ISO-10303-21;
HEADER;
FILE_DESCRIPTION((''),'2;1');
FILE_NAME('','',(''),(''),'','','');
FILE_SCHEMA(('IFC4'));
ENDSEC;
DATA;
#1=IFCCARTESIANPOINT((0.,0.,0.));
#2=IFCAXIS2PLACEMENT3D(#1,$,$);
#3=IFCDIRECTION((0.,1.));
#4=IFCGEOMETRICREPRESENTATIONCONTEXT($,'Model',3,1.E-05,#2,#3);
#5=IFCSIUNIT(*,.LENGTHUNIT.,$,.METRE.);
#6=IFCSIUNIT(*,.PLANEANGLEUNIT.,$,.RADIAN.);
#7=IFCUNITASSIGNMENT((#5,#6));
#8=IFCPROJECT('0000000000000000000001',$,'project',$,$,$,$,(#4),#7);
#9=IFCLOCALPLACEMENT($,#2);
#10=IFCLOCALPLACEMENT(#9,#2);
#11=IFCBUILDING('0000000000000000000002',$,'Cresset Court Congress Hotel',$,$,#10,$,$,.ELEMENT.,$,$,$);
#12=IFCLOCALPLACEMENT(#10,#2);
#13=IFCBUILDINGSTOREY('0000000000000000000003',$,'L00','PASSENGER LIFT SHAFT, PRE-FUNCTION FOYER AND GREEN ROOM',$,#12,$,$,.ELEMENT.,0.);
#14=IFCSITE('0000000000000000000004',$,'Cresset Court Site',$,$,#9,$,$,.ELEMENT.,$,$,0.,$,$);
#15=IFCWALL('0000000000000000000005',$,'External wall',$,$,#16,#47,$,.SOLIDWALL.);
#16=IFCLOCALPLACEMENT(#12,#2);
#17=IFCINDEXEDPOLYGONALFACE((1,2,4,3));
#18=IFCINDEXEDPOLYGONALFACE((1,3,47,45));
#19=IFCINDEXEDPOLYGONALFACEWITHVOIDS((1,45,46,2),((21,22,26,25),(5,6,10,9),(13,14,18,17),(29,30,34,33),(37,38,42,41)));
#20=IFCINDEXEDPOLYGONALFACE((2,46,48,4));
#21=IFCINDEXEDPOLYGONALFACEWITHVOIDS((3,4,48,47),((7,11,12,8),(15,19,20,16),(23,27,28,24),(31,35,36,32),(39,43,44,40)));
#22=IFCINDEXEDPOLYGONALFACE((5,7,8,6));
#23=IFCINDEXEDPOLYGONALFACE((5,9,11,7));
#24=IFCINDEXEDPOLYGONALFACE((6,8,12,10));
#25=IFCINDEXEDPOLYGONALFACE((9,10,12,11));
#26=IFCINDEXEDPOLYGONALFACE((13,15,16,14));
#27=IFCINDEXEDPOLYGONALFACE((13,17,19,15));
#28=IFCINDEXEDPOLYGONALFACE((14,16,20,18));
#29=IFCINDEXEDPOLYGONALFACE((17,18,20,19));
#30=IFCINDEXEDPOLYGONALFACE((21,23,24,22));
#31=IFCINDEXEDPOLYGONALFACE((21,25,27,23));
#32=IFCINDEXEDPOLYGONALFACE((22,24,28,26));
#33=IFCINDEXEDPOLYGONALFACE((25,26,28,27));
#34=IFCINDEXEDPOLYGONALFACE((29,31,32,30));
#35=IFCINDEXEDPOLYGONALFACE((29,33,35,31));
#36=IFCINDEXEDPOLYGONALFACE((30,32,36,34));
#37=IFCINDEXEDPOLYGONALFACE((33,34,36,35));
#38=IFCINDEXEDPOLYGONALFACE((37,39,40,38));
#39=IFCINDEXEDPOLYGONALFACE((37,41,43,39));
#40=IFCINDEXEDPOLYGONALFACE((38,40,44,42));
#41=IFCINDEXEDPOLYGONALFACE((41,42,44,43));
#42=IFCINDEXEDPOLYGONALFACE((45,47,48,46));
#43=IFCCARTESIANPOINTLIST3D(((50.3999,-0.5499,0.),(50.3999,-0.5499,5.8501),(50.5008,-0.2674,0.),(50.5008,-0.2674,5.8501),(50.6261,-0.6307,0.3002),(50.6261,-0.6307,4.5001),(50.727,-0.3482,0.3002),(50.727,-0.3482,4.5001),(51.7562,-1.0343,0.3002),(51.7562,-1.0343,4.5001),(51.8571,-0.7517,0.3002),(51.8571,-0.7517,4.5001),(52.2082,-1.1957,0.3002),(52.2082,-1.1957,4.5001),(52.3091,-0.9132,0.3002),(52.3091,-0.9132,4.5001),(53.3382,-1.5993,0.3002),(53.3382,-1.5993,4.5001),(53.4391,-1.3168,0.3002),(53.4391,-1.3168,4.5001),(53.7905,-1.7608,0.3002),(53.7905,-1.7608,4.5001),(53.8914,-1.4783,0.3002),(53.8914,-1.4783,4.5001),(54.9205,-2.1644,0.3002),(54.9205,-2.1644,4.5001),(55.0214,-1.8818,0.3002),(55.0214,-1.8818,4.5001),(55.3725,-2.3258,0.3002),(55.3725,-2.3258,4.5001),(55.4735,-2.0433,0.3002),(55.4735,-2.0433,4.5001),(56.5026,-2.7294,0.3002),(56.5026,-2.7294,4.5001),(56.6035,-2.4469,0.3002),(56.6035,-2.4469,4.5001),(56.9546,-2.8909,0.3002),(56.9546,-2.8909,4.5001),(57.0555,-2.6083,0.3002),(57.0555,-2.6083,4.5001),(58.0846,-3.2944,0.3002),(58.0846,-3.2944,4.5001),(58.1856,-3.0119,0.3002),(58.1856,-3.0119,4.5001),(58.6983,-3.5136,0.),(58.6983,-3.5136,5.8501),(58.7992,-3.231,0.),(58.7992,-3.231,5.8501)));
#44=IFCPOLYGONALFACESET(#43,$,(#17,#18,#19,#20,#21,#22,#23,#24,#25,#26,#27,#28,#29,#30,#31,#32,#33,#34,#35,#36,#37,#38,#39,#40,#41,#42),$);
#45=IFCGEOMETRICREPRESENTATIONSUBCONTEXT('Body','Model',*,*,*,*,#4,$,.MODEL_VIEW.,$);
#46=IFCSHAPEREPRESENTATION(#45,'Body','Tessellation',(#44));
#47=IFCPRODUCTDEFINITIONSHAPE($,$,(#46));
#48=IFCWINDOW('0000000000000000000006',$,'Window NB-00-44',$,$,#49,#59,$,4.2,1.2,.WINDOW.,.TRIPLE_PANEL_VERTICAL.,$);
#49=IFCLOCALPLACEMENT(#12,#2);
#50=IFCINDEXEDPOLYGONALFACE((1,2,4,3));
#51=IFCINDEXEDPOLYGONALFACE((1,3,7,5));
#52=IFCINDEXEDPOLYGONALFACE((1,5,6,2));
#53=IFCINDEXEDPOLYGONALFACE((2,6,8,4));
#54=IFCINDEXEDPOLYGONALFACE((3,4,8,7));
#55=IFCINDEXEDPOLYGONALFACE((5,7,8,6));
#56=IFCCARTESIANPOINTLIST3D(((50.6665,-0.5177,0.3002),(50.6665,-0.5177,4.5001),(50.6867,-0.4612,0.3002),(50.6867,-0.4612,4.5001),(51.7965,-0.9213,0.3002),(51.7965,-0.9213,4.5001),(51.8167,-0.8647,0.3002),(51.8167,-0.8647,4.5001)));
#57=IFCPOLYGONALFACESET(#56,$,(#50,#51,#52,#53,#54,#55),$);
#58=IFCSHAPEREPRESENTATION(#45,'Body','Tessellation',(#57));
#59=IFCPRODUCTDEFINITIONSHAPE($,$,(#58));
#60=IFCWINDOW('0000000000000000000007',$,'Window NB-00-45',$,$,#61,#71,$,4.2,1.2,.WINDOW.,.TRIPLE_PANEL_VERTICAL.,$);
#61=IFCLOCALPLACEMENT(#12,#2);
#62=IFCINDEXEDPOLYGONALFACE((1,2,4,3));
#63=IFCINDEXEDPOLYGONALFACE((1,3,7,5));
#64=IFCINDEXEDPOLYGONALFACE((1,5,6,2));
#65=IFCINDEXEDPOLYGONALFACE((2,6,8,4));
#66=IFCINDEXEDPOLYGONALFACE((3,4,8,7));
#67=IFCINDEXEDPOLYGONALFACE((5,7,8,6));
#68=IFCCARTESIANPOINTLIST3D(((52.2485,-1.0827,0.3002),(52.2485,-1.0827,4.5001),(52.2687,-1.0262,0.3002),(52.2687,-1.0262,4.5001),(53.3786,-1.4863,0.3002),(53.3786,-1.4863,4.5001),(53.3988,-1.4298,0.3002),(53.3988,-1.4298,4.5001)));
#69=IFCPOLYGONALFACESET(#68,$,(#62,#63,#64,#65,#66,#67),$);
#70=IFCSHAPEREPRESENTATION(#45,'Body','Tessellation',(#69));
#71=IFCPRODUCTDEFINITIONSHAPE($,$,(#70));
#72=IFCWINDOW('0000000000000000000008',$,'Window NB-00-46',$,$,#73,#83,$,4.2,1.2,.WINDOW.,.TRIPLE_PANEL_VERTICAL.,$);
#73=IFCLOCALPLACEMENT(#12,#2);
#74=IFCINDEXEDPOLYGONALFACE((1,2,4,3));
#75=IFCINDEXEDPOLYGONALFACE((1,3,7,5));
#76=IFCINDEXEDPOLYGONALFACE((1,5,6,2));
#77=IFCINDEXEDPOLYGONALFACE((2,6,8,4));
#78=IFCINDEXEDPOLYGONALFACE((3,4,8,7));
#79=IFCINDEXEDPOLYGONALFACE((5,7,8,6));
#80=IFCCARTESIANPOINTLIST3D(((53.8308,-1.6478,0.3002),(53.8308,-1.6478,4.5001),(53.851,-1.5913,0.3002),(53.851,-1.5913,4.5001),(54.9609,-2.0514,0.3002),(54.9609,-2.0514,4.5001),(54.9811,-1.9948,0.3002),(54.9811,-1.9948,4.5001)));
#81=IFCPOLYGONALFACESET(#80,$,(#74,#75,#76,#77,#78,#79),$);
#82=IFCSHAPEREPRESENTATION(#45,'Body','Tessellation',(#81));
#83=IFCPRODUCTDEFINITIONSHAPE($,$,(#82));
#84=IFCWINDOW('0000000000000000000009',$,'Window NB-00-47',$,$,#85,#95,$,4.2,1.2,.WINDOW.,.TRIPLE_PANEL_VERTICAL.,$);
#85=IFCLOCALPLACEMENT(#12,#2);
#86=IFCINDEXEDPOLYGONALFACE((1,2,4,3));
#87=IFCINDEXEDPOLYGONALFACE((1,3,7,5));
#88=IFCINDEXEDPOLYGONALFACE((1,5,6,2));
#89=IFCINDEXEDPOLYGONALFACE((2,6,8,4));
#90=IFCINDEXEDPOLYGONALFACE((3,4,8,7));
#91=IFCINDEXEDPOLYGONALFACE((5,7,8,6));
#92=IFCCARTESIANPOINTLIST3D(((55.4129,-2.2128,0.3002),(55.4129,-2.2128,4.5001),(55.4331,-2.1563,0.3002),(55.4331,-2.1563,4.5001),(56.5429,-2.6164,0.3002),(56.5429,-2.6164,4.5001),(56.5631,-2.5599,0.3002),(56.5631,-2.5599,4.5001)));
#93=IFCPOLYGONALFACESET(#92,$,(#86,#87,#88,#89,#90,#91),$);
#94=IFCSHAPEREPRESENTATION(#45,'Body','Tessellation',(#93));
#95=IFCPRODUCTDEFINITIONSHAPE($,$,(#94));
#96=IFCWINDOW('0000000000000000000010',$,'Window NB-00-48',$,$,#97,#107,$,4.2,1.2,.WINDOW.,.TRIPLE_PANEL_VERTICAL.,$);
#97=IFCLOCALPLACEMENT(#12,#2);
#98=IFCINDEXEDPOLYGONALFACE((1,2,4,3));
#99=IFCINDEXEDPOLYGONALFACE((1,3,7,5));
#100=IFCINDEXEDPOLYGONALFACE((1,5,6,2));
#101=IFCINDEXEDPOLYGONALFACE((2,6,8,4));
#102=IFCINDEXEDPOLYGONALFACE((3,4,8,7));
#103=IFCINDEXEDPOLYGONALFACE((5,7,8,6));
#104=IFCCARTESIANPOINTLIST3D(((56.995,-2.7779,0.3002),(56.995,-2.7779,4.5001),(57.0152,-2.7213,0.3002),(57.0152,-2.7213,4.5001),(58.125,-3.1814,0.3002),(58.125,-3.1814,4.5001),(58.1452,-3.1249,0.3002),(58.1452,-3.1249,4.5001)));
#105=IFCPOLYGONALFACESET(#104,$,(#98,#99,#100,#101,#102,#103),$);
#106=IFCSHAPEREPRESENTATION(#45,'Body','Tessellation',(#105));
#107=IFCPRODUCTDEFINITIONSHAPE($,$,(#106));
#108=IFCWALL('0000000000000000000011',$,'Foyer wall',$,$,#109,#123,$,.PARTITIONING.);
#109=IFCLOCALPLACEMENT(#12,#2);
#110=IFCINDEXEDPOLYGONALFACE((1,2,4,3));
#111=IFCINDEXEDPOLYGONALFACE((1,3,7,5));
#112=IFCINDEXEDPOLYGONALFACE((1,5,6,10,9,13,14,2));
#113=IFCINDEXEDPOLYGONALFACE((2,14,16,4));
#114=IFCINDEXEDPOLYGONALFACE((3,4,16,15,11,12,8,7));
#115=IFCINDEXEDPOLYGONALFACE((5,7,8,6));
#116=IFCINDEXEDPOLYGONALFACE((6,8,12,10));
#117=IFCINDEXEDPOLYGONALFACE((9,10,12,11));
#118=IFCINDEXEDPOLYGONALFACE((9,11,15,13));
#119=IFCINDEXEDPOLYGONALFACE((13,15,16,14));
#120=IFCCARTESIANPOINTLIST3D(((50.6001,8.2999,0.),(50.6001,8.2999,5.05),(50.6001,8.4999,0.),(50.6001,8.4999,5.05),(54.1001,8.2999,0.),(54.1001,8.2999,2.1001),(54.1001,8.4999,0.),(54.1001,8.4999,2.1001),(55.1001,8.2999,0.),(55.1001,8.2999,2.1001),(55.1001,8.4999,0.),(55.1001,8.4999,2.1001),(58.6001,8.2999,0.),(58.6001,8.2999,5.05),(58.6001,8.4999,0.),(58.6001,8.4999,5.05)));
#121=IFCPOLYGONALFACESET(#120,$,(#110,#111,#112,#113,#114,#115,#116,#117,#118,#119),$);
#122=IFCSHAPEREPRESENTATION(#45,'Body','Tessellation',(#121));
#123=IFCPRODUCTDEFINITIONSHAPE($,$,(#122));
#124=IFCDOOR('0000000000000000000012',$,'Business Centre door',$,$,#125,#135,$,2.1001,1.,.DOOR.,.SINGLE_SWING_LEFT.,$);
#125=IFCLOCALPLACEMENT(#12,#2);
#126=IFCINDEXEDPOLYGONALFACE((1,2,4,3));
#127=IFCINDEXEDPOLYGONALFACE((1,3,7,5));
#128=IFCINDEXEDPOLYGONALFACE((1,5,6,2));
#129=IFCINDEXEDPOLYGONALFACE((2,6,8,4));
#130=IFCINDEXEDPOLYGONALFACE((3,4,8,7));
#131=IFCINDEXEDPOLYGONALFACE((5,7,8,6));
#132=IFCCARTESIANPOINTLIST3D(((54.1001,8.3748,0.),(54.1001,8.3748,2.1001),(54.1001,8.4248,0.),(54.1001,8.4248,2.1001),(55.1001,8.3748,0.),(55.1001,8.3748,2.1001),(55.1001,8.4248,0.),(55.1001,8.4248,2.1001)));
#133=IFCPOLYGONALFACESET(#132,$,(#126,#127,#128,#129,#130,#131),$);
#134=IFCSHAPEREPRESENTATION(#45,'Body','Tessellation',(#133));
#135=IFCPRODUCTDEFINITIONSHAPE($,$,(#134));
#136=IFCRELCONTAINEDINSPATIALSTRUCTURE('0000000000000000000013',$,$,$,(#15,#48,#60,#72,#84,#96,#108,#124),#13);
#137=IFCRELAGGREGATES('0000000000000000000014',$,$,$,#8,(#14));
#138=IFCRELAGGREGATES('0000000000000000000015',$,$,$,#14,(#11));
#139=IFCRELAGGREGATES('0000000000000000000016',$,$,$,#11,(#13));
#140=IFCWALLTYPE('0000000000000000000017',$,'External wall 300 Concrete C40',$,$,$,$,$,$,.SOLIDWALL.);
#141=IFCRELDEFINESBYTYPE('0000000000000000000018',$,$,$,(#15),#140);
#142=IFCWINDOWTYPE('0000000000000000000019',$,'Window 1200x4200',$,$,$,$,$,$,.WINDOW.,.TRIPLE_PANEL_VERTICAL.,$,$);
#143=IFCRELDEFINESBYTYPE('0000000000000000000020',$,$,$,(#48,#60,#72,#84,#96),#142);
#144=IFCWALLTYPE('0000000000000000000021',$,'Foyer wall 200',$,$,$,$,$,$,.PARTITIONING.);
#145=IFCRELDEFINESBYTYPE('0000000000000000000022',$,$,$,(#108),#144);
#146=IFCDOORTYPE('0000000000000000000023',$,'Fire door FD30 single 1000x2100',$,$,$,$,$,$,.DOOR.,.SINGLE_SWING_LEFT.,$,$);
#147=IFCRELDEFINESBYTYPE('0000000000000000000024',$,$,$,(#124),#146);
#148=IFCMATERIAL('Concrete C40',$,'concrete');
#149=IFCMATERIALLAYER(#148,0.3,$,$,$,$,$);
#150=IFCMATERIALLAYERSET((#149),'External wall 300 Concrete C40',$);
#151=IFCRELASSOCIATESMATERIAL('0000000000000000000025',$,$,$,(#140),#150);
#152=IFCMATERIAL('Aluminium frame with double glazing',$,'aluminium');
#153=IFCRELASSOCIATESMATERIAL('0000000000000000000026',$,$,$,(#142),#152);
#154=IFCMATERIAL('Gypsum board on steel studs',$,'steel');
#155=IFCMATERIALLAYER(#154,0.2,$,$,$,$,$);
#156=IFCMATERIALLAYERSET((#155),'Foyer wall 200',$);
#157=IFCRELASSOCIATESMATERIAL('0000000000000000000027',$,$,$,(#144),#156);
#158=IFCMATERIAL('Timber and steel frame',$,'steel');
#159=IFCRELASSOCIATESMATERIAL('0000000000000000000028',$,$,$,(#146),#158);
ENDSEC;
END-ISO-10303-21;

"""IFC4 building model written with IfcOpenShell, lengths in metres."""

from ifc_helpers import new_model, si_unit, direction, frame, frame_2d, origin, place, context, subcontext, project, spatial, rectangle, extrude, material, layer, layer_set, type_object, element, fill, save


model = new_model("IFC4")

# Units and contexts
model_context = context("Model", 3, precision=1e-05, world=origin(), true_north=direction((0.0, 1.0)))
body_context = subcontext(model_context, "Body", "Model", "MODEL_VIEW")
ifc_project = project(units=[si_unit("LENGTHUNIT", "METRE"), si_unit("PLANEANGLEUNIT", "RADIAN")], contexts=[model_context])

# Site, building, storey
site_placement = place(None, origin())
site = spatial("IfcSite", under=ifc_project, at=site_placement, Name="Cresset Court Site", CompositionType="ELEMENT", RefElevation=0.0)
building_placement = place(site_placement, origin())
building = spatial("IfcBuilding", under=site, at=building_placement, Name="Cresset Court Congress Hotel", CompositionType="ELEMENT")
storey_placement = place(building_placement, origin())
storey = spatial("IfcBuildingStorey", under=building, at=storey_placement, Name="L00", Description="PASSENGER LIFT SHAFT, PRE-FUNCTION FOYER AND GREEN ROOM", CompositionType="ELEMENT", Elevation=0.0)

# Wall, openings, windows
ifc_material_1 = material(Name="Concrete C40", Category="concrete")
ifc_layer_1 = layer(ifc_material_1, 0.3)
ifc_layer_set_1 = layer_set([ifc_layer_1], Name="External wall 300 Concrete C40")
wall_type_1 = type_object("IfcWallType", Name="External wall 300 Concrete C40", PredefinedType="SOLIDWALL", material=ifc_layer_set_1)
wall_1_placement = place(storey_placement, frame((50.4504, -0.4087, 0.0), z_axis=(0.0, 0.0, 1.0), x_axis=(0.941744, -0.336329, 0.0)))
wall_1 = element("IfcWall", 1, at=wall_1_placement, inside=storey, type_object=wall_type_1, Name="External wall", PredefinedType="SOLIDWALL", context=body_context, shape_type="SweptSolid", body=[
    extrude(rectangle(XDim=8.8118, YDim=0.3, at=frame_2d((4.4058, 0.0))), origin(), (0.0, 0.0, 1.0), 5.8501),
])
opening_1_placement = place(wall_1_placement, frame((0.24, 0.0, 0.3)))
opening_1 = element("IfcOpeningElement", 2, at=opening_1_placement, cuts=wall_1, PredefinedType="OPENING", context=body_context, shape_type="SweptSolid", body=[
    extrude(rectangle(XDim=1.2, YDim=4.2, at=frame_2d((0.6001, 2.1001))), frame((0.0, 0.1599, 0.0), z_axis=(0.0, -1.0, 0.0), x_axis=(1.0, 0.0, 0.0)), (0.0, 0.0, 1.0), 0.3201),
])
opening_2_placement = place(wall_1_placement, frame((1.9199, 0.0, 0.3)))
opening_2 = element("IfcOpeningElement", 3, at=opening_2_placement, cuts=wall_1, PredefinedType="OPENING", context=body_context, shape_type="SweptSolid", body=[
    extrude(rectangle(XDim=1.2, YDim=4.2, at=frame_2d((0.6001, 2.1001))), frame((0.0, 0.1599, 0.0), z_axis=(0.0, -1.0, 0.0), x_axis=(1.0, 0.0, 0.0)), (0.0, 0.0, 1.0), 0.3201),
])
opening_3_placement = place(wall_1_placement, frame((3.6001, 0.0, 0.3)))
opening_3 = element("IfcOpeningElement", 4, at=opening_3_placement, cuts=wall_1, PredefinedType="OPENING", context=body_context, shape_type="SweptSolid", body=[
    extrude(rectangle(XDim=1.2, YDim=4.2, at=frame_2d((0.6001, 2.1001))), frame((0.0, 0.1599, 0.0), z_axis=(0.0, -1.0, 0.0), x_axis=(1.0, 0.0, 0.0)), (0.0, 0.0, 1.0), 0.3201),
])
opening_4_placement = place(wall_1_placement, frame((5.28, 0.0, 0.3)))
opening_4 = element("IfcOpeningElement", 5, at=opening_4_placement, cuts=wall_1, PredefinedType="OPENING", context=body_context, shape_type="SweptSolid", body=[
    extrude(rectangle(XDim=1.2, YDim=4.2, at=frame_2d((0.6001, 2.1001))), frame((0.0, 0.1599, 0.0), z_axis=(0.0, -1.0, 0.0), x_axis=(1.0, 0.0, 0.0)), (0.0, 0.0, 1.0), 0.3201),
])
opening_5_placement = place(wall_1_placement, frame((6.96, 0.0, 0.3)))
opening_5 = element("IfcOpeningElement", 6, at=opening_5_placement, cuts=wall_1, PredefinedType="OPENING", context=body_context, shape_type="SweptSolid", body=[
    extrude(rectangle(XDim=1.2, YDim=4.2, at=frame_2d((0.6001, 2.1001))), frame((0.0, 0.1599, 0.0), z_axis=(0.0, -1.0, 0.0), x_axis=(1.0, 0.0, 0.0)), (0.0, 0.0, 1.0), 0.3201),
])
ifc_material_2 = material(Name="Aluminium frame with double glazing", Category="aluminium")
window_type = type_object("IfcWindowType", Name="Window 1200x4200", PartitioningType="TRIPLE_PANEL_VERTICAL", PredefinedType="WINDOW", material=ifc_material_2)
window_1_placement = place(opening_1_placement, origin())
window_1 = element("IfcWindow", 7, at=window_1_placement, inside=storey, type_object=window_type, Name="Window NB-00-44", OverallHeight=4.2, OverallWidth=1.2, PartitioningType="TRIPLE_PANEL_VERTICAL", PredefinedType="WINDOW", context=body_context, shape_type="SweptSolid", body=[
    extrude(rectangle(XDim=1.2, YDim=4.2, at=frame_2d((0.6001, 2.1001))), frame((0.0, 0.03, 0.0), z_axis=(0.0, -1.0, 0.0), x_axis=(1.0, 0.0, 0.0)), (0.0, 0.0, 1.0), 0.0601),
])
fill(opening_1, window_1)
window_2_placement = place(opening_2_placement, origin())
window_2 = element("IfcWindow", 8, at=window_2_placement, inside=storey, type_object=window_type, Name="Window NB-00-45", OverallHeight=4.2, OverallWidth=1.2, PartitioningType="TRIPLE_PANEL_VERTICAL", PredefinedType="WINDOW", context=body_context, shape_type="SweptSolid", body=[
    extrude(rectangle(XDim=1.2, YDim=4.2, at=frame_2d((0.6001, 2.1001))), frame((0.0, 0.03, 0.0), z_axis=(0.0, -1.0, 0.0), x_axis=(1.0, 0.0, 0.0)), (0.0, 0.0, 1.0), 0.0601),
])
fill(opening_2, window_2)
window_3_placement = place(opening_3_placement, origin())
window_3 = element("IfcWindow", 9, at=window_3_placement, inside=storey, type_object=window_type, Name="Window NB-00-46", OverallHeight=4.2, OverallWidth=1.2, PartitioningType="TRIPLE_PANEL_VERTICAL", PredefinedType="WINDOW", context=body_context, shape_type="SweptSolid", body=[
    extrude(rectangle(XDim=1.2, YDim=4.2, at=frame_2d((0.6001, 2.1001))), frame((0.0, 0.03, 0.0), z_axis=(0.0, -1.0, 0.0), x_axis=(1.0, 0.0, 0.0)), (0.0, 0.0, 1.0), 0.0601),
])
fill(opening_3, window_3)
window_4_placement = place(opening_4_placement, origin())
window_4 = element("IfcWindow", 10, at=window_4_placement, inside=storey, type_object=window_type, Name="Window NB-00-47", OverallHeight=4.2, OverallWidth=1.2, PartitioningType="TRIPLE_PANEL_VERTICAL", PredefinedType="WINDOW", context=body_context, shape_type="SweptSolid", body=[
    extrude(rectangle(XDim=1.2, YDim=4.2, at=frame_2d((0.6001, 2.1001))), frame((0.0, 0.03, 0.0), z_axis=(0.0, -1.0, 0.0), x_axis=(1.0, 0.0, 0.0)), (0.0, 0.0, 1.0), 0.0601),
])
fill(opening_4, window_4)
window_5_placement = place(opening_5_placement, origin())
window_5 = element("IfcWindow", 11, at=window_5_placement, inside=storey, type_object=window_type, Name="Window NB-00-48", OverallHeight=4.2, OverallWidth=1.2, PartitioningType="TRIPLE_PANEL_VERTICAL", PredefinedType="WINDOW", context=body_context, shape_type="SweptSolid", body=[
    extrude(rectangle(XDim=1.2, YDim=4.2, at=frame_2d((0.6001, 2.1001))), frame((0.0, 0.03, 0.0), z_axis=(0.0, -1.0, 0.0), x_axis=(1.0, 0.0, 0.0)), (0.0, 0.0, 1.0), 0.0601),
])
fill(opening_5, window_5)

# Wall, opening, door
ifc_material_3 = material(Name="Gypsum board on steel studs", Category="steel")
ifc_layer_2 = layer(ifc_material_3, 0.2)
ifc_layer_set_2 = layer_set([ifc_layer_2], Name="Foyer wall 200")
wall_type_2 = type_object("IfcWallType", Name="Foyer wall 200", PredefinedType="PARTITIONING", material=ifc_layer_set_2)
wall_2_placement = place(storey_placement, frame((50.6001, 8.3999, 0.0), z_axis=(0.0, 0.0, 1.0), x_axis=(1.0, 0.0, 0.0)))
wall_2 = element("IfcWall", 12, at=wall_2_placement, inside=storey, type_object=wall_type_2, Name="Foyer wall", PredefinedType="PARTITIONING", context=body_context, shape_type="SweptSolid", body=[
    extrude(rectangle(XDim=8.0, YDim=0.2, at=frame_2d((4.0, 0.0))), origin(), (0.0, 0.0, 1.0), 5.05),
])
opening_6_placement = place(wall_2_placement, frame((3.5, 0.0, 0.0)))
opening_6 = element("IfcOpeningElement", 13, at=opening_6_placement, cuts=wall_2, PredefinedType="OPENING", context=body_context, shape_type="SweptSolid", body=[
    extrude(rectangle(XDim=1.0, YDim=2.1001, at=frame_2d((0.5, 1.05))), frame((0.0, 0.1099, 0.0), z_axis=(0.0, -1.0, 0.0), x_axis=(1.0, 0.0, 0.0)), (0.0, 0.0, 1.0), 0.22),
])
ifc_material_4 = material(Name="Timber and steel frame", Category="steel")
door_type_1 = type_object("IfcDoorType", Name="Fire door FD30 single 1000x2100", OperationType="SINGLE_SWING_LEFT", PredefinedType="DOOR", material=ifc_material_4)
door_1_placement = place(opening_6_placement, origin())
door_1 = element("IfcDoor", 14, at=door_1_placement, inside=storey, type_object=door_type_1, Name="Business Centre door", OperationType="SINGLE_SWING_LEFT", OverallHeight=2.1001, OverallWidth=1.0, PredefinedType="DOOR", context=body_context, shape_type="SweptSolid", body=[
    extrude(rectangle(XDim=1.0, YDim=2.1001, at=frame_2d((0.5, 1.05))), frame((0.0, 0.0249, 0.0), z_axis=(0.0, -1.0, 0.0), x_axis=(1.0, 0.0, 0.0)), (0.0, 0.0, 1.0), 0.05),
])
fill(opening_6, door_1)

save(model, "model.ifc")
